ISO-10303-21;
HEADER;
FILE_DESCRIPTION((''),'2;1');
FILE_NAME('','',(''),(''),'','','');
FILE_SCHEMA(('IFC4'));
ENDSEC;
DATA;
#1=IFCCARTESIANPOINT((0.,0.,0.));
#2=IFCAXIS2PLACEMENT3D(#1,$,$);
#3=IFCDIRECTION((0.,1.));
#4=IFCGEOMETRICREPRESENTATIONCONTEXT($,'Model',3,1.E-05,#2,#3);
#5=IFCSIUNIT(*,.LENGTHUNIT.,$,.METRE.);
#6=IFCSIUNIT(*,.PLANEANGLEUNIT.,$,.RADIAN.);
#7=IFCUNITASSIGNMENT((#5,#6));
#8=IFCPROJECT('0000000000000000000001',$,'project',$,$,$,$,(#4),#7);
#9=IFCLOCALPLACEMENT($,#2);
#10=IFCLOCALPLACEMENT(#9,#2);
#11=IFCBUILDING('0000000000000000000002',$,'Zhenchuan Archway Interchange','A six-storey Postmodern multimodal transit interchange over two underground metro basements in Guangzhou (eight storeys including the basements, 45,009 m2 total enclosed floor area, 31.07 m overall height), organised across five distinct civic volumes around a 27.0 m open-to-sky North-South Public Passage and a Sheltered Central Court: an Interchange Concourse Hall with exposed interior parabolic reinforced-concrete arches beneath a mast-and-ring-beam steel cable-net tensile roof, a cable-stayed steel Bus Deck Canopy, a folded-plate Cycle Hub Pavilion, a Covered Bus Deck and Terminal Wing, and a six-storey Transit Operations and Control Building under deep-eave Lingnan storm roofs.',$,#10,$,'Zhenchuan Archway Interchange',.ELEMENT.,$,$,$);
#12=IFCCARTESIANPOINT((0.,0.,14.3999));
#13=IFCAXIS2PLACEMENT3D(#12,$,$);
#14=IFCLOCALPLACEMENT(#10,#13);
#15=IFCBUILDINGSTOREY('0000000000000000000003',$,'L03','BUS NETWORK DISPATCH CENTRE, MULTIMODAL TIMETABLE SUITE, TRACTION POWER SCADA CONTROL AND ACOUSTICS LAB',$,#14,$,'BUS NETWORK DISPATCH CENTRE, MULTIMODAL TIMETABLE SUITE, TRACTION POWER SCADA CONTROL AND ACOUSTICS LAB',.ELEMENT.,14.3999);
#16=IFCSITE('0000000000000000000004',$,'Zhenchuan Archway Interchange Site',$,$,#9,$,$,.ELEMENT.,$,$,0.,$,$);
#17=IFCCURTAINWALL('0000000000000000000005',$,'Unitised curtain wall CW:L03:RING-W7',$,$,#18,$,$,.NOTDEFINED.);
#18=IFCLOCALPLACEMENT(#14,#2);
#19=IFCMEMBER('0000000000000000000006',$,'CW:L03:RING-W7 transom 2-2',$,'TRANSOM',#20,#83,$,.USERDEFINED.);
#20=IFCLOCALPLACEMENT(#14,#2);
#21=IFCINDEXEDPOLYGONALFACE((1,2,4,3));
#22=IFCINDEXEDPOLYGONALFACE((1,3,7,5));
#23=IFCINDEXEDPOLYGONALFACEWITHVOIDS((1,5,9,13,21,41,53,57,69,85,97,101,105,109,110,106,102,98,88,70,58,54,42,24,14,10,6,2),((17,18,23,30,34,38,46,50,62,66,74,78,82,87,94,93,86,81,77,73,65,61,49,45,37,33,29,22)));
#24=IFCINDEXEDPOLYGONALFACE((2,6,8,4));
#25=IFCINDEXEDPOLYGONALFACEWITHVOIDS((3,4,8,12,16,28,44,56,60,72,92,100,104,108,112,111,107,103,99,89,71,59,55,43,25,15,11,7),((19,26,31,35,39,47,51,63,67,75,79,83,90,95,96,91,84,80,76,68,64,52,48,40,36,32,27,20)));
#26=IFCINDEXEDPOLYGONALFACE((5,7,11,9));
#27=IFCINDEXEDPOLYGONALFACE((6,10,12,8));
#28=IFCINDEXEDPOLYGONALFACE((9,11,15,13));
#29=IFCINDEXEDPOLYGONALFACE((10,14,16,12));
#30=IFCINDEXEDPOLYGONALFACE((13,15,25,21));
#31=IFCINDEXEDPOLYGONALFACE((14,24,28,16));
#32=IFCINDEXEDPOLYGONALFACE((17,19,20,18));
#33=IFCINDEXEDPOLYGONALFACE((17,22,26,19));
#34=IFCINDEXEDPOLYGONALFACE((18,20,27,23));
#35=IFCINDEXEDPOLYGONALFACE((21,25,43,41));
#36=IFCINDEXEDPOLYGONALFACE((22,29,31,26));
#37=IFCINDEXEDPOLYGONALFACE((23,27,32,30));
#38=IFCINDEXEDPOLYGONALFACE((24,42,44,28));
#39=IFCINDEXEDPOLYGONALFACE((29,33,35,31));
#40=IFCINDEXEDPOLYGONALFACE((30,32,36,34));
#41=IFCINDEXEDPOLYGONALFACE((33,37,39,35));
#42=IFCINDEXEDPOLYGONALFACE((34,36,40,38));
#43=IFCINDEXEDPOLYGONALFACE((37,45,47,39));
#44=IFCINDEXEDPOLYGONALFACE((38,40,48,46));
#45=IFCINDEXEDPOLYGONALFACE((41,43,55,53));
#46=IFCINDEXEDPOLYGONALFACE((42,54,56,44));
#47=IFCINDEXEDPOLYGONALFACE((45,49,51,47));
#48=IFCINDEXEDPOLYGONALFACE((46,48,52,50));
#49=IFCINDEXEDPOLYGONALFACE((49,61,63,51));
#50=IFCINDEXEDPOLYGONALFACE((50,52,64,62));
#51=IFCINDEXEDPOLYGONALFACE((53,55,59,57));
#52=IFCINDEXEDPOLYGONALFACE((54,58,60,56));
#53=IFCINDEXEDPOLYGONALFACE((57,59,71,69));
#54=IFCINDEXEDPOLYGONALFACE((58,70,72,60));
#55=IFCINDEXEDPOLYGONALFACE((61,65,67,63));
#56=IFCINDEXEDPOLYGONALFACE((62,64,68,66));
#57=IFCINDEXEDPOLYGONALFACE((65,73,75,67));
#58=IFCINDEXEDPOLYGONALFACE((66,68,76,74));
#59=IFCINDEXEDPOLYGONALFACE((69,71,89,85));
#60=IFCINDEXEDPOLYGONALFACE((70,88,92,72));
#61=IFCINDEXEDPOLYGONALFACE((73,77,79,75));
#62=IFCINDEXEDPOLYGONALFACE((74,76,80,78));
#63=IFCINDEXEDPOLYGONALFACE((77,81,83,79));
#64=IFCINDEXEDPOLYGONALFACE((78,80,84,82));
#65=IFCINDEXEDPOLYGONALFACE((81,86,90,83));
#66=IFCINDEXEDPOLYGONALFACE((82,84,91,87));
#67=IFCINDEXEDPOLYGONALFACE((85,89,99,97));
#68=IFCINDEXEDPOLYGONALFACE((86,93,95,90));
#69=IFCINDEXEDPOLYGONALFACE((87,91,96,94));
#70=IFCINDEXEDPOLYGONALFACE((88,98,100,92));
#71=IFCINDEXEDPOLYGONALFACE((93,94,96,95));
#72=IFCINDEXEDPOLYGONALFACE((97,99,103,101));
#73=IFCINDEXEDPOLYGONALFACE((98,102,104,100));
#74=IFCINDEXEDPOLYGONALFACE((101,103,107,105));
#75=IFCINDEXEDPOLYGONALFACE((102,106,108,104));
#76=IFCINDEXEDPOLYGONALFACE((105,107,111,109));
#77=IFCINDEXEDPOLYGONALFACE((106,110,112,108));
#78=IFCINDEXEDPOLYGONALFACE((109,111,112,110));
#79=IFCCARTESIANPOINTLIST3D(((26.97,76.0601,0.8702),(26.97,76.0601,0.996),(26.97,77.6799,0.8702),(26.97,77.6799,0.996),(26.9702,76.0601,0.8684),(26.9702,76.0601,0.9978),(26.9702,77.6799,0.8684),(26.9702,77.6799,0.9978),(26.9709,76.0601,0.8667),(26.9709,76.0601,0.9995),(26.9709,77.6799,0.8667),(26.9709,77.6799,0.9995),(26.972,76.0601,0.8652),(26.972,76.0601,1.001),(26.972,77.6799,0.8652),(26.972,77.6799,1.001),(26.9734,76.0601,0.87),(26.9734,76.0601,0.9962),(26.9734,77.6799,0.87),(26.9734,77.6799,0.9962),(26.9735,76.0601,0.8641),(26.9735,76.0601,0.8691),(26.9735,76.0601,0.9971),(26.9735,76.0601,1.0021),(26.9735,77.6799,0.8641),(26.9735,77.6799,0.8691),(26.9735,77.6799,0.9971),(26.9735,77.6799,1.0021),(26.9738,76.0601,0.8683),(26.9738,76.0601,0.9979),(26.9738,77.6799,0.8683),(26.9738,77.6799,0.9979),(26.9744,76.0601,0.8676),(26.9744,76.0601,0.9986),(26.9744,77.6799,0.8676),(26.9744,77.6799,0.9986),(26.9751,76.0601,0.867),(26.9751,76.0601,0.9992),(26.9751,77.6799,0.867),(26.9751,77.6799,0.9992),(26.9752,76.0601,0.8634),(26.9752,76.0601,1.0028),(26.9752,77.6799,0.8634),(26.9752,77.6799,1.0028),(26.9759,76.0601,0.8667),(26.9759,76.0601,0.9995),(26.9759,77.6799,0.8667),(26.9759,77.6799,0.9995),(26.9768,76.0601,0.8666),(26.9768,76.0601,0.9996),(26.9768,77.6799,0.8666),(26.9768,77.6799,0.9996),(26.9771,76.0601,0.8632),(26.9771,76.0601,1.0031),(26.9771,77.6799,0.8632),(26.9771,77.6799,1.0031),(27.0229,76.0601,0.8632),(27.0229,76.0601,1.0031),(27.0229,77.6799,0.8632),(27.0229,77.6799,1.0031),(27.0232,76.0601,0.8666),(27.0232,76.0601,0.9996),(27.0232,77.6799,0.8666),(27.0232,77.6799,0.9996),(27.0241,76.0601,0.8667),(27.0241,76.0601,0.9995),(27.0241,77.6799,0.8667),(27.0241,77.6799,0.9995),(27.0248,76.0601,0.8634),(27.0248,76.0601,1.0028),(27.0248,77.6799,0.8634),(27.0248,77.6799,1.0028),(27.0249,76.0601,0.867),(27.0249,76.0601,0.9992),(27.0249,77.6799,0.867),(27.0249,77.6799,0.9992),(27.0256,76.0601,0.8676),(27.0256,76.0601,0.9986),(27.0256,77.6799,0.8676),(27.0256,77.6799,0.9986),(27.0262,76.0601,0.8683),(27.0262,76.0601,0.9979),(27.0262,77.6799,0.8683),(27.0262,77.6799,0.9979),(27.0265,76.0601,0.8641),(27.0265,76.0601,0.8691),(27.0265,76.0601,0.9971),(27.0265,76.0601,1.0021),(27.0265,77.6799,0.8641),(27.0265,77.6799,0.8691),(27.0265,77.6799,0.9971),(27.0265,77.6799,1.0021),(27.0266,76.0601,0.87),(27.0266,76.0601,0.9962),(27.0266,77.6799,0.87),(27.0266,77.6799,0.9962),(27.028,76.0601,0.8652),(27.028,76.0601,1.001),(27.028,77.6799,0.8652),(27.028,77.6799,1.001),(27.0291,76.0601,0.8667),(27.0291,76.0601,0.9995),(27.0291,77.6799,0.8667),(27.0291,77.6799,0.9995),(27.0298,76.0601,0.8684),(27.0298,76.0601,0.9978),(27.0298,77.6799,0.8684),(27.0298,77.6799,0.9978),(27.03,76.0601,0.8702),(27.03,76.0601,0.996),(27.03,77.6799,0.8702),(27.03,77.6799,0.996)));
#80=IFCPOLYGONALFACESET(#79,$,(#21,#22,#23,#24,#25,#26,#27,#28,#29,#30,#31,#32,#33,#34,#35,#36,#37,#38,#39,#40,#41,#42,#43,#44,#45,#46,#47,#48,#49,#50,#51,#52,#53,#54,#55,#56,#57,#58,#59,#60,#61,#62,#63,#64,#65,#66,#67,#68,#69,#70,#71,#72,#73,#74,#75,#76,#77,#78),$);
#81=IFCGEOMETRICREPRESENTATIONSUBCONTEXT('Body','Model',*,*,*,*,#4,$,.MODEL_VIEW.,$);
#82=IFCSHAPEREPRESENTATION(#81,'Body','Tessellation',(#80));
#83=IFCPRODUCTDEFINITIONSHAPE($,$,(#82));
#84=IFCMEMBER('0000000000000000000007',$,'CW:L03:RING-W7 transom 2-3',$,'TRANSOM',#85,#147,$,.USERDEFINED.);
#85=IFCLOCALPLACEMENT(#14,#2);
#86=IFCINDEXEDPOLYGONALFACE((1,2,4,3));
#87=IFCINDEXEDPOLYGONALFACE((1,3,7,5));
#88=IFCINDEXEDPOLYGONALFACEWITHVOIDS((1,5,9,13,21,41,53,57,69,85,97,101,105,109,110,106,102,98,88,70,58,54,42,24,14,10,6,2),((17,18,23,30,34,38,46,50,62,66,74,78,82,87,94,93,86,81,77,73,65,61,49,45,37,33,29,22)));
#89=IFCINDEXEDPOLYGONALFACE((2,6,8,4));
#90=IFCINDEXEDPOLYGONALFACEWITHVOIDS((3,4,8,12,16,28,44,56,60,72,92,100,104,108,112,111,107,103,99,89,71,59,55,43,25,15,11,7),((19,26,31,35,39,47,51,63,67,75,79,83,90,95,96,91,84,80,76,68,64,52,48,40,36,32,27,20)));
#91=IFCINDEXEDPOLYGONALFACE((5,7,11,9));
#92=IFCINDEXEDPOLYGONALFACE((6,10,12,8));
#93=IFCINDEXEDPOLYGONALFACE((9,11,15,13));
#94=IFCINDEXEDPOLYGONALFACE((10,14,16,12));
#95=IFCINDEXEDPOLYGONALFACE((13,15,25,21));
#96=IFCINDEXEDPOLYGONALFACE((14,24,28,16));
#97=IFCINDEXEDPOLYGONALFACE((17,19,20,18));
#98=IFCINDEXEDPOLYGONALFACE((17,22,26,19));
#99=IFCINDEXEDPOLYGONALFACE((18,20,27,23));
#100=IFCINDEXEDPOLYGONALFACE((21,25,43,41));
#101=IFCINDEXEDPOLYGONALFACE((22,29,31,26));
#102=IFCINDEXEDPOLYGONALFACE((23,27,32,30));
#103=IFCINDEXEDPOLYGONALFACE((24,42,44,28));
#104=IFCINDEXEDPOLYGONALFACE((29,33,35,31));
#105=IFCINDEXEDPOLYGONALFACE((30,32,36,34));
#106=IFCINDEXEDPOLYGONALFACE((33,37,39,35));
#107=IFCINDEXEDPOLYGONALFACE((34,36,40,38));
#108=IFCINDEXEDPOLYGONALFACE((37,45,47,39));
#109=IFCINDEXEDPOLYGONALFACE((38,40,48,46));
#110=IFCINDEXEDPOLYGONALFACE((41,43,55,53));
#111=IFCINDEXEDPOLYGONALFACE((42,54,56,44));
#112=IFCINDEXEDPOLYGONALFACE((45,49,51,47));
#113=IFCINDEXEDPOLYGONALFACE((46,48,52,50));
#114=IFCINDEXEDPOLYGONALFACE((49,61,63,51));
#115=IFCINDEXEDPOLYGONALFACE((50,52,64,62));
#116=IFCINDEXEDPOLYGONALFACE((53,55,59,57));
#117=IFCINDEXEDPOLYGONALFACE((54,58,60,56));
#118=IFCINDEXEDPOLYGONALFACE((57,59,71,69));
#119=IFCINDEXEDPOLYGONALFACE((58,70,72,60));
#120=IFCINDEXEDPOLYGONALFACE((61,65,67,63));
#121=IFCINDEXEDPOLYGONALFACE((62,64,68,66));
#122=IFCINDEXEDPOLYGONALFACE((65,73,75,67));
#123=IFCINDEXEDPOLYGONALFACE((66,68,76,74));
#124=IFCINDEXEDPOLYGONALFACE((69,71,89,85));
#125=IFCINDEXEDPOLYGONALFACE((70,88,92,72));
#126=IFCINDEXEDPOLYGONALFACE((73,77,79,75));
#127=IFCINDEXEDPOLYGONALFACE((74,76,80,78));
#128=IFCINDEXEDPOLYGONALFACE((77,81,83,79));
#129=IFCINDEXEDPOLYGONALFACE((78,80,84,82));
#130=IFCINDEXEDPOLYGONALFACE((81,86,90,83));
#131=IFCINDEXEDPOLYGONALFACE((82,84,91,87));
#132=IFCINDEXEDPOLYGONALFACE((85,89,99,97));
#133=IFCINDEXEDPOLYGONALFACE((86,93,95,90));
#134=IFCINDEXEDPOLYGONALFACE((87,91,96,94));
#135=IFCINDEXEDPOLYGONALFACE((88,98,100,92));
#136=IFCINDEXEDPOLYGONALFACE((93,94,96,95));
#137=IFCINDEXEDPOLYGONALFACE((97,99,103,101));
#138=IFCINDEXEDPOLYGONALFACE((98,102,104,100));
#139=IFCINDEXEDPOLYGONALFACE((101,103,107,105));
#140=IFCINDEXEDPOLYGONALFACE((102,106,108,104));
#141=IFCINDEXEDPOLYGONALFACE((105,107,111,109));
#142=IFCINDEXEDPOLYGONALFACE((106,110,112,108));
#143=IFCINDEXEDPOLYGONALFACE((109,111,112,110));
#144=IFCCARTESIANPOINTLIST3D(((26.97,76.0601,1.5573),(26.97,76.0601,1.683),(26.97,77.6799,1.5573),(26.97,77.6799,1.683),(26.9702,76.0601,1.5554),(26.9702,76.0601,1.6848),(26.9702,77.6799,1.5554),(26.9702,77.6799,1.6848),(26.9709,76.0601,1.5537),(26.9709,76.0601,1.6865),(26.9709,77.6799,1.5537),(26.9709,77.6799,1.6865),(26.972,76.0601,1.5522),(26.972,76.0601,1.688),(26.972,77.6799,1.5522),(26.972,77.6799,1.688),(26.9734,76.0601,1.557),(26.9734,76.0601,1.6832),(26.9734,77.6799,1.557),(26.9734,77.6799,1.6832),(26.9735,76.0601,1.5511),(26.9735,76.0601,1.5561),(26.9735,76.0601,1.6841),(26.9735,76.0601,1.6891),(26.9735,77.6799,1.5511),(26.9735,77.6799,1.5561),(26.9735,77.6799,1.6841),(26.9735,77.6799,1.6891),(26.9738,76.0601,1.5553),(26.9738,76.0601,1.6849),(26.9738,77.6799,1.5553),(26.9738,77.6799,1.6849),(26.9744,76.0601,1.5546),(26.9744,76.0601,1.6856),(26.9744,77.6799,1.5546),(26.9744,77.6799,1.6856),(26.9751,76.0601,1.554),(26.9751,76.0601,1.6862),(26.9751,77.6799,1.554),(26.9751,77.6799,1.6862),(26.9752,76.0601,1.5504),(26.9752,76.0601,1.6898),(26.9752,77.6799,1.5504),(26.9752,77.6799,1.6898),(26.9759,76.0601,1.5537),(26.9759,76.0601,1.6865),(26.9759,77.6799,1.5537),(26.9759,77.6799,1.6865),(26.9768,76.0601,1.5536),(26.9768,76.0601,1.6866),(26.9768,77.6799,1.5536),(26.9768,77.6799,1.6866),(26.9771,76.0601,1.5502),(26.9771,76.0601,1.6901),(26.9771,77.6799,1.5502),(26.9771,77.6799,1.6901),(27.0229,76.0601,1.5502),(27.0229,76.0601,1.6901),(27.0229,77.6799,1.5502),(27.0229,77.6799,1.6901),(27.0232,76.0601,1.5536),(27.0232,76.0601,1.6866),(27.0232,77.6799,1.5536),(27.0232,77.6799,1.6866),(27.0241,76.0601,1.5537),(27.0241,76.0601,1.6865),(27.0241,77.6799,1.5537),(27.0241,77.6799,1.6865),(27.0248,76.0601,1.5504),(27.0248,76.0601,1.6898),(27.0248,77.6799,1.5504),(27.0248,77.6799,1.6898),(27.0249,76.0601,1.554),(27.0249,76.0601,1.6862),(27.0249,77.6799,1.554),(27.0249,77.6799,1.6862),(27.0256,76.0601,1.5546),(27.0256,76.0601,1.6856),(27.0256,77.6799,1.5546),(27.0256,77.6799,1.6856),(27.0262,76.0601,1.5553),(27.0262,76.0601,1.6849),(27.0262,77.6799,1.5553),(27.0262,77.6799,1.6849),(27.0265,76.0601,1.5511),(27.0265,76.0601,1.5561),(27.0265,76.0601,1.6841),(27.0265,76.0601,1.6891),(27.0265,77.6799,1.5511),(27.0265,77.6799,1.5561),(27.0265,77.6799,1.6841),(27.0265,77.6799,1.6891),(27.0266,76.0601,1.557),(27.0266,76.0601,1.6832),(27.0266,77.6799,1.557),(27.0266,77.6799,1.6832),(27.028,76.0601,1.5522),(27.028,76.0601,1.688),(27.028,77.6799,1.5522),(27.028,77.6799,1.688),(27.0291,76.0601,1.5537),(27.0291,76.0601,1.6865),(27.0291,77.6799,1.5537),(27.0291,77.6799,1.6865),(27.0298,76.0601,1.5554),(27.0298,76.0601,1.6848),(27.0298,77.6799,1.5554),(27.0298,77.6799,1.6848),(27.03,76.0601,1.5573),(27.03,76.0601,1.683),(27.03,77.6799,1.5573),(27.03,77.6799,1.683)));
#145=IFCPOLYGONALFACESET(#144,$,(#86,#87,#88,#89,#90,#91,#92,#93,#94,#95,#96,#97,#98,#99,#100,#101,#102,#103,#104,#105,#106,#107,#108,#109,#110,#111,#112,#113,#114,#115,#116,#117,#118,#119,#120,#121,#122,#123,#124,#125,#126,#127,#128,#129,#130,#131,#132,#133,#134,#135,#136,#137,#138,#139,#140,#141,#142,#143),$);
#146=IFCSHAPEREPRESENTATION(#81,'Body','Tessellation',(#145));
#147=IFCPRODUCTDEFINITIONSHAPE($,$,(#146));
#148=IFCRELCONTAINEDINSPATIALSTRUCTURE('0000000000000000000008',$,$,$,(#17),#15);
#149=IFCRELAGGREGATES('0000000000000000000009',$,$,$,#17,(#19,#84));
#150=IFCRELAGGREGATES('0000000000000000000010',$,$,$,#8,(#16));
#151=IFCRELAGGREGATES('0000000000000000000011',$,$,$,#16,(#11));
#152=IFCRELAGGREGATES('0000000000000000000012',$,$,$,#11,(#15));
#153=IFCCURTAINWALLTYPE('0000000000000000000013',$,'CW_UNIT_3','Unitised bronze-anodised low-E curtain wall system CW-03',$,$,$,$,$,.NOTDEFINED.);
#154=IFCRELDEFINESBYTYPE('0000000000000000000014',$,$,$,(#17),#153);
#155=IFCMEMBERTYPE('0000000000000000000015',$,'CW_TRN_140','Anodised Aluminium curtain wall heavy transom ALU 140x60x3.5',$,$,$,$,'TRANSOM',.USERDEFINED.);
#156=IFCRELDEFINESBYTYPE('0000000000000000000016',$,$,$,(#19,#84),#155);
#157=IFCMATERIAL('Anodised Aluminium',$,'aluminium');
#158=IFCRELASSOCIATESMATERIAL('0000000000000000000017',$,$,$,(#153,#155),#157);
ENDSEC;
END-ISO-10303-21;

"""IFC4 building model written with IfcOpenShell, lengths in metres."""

from ifc_helpers import new_model, si_unit, direction, frame, origin, origin_2d, place, context, subcontext, project, spatial, hollow_rectangle, extrude, material, material_profile, profile_set, type_object, element, aggregate, save


model = new_model("IFC4")

# Units and contexts
model_context = context("Model", 3, precision=1e-05, world=origin(), true_north=direction((0.0, 1.0)))
body_context = subcontext(model_context, "Body", "Model", "MODEL_VIEW")
ifc_project = project(units=[si_unit("LENGTHUNIT", "METRE"), si_unit("PLANEANGLEUNIT", "RADIAN")], contexts=[model_context])

# Site, building, storey
site_placement = place(None, origin())
site = spatial("IfcSite", under=ifc_project, at=site_placement, Name="Zhenchuan Archway Interchange Site", CompositionType="ELEMENT", RefElevation=0.0)
building_placement = place(site_placement, origin())
building = spatial("IfcBuilding", under=site, at=building_placement, Name="Zhenchuan Archway Interchange", Description="A six-storey Postmodern multimodal transit interchange over two underground metro basements in Guangzhou (eight storeys including the basements, 45,009 m2 total enclosed floor area, 31.07 m overall height), organised across five distinct civic volumes around a 27.0 m open-to-sky North-South Public Passage and a Sheltered Central Court: an Interchange Concourse Hall with exposed interior parabolic reinforced-concrete arches beneath a mast-and-ring-beam steel cable-net tensile roof, a cable-stayed steel Bus Deck Canopy, a folded-plate Cycle Hub Pavilion, a Covered Bus Deck and Terminal Wing, and a six-storey Transit Operations and Control Building under deep-eave Lingnan storm roofs.", LongName="Zhenchuan Archway Interchange", CompositionType="ELEMENT")
storey_placement = place(building_placement, frame((0.0, 0.0, 14.3999)))
storey = spatial("IfcBuildingStorey", under=building, at=storey_placement, Name="L03", Description="BUS NETWORK DISPATCH CENTRE, MULTIMODAL TIMETABLE SUITE, TRACTION POWER SCADA CONTROL AND ACOUSTICS LAB", LongName="BUS NETWORK DISPATCH CENTRE, MULTIMODAL TIMETABLE SUITE, TRACTION POWER SCADA CONTROL AND ACOUSTICS LAB", CompositionType="ELEMENT", Elevation=14.3999)

# Curtain wall, members
ifc_material_1 = material(Name="Anodised Aluminium", Category="aluminium")
curtain_wall_type = type_object("IfcCurtainWallType", Name="CW_UNIT_3", Description="Unitised bronze-anodised low-E curtain wall system CW-03", PredefinedType="NOTDEFINED", material=ifc_material_1)
curtain_wall_placement = place(storey_placement, origin())
curtain_wall = element("IfcCurtainWall", 1, at=curtain_wall_placement, inside=storey, type_object=curtain_wall_type, Name="Unitised curtain wall CW:L03:RING-W7", PredefinedType="NOTDEFINED")
ifc_material_profile_1 = material_profile(ifc_material_1, hollow_rectangle(XDim=0.0601, YDim=0.1399, WallThickness=0.0034, InnerFilletRadius=0.0034, OuterFilletRadius=0.0071, at=origin_2d()), Name="ALU 140x60x3.5")
ifc_profile_set_1 = profile_set([ifc_material_profile_1], Name="Anodised Aluminium")
member_type_1 = type_object("IfcMemberType", Name="CW_TRN_140", Description="Anodised Aluminium curtain wall heavy transom ALU 140x60x3.5", ElementType="TRANSOM", PredefinedType="USERDEFINED", material=ifc_profile_set_1)
member_1_placement = place(storey_placement, frame((27.0, 76.0601, 0.9331), z_axis=(0.0, 1.0, 0.0), x_axis=(-1.0, 0.0, 0.0)))
member_1 = element("IfcMember", 2, at=member_1_placement, type_object=member_type_1, Name="CW:L03:RING-W7 transom 2-2", ObjectType="TRANSOM", PredefinedType="USERDEFINED", context=body_context, shape_type="SweptSolid", body=[
    extrude(hollow_rectangle(XDim=0.0601, YDim=0.1399, WallThickness=0.0034, InnerFilletRadius=0.0034, OuterFilletRadius=0.0071, at=origin_2d()), origin(), (0.0, 0.0, 1.0), 1.6199),
])
member_2_placement = place(storey_placement, frame((27.0, 76.0601, 1.6201), z_axis=(0.0, 1.0, 0.0), x_axis=(-1.0, 0.0, 0.0)))
member_2 = element("IfcMember", 3, at=member_2_placement, type_object=member_type_1, Name="CW:L03:RING-W7 transom 2-3", ObjectType="TRANSOM", PredefinedType="USERDEFINED", context=body_context, shape_type="SweptSolid", body=[
    extrude(hollow_rectangle(XDim=0.0601, YDim=0.1399, WallThickness=0.0034, InnerFilletRadius=0.0034, OuterFilletRadius=0.0071, at=origin_2d()), origin(), (0.0, 0.0, 1.0), 1.6199),
])

aggregate(curtain_wall, [member_1, member_2])

save(model, "model.ifc")
